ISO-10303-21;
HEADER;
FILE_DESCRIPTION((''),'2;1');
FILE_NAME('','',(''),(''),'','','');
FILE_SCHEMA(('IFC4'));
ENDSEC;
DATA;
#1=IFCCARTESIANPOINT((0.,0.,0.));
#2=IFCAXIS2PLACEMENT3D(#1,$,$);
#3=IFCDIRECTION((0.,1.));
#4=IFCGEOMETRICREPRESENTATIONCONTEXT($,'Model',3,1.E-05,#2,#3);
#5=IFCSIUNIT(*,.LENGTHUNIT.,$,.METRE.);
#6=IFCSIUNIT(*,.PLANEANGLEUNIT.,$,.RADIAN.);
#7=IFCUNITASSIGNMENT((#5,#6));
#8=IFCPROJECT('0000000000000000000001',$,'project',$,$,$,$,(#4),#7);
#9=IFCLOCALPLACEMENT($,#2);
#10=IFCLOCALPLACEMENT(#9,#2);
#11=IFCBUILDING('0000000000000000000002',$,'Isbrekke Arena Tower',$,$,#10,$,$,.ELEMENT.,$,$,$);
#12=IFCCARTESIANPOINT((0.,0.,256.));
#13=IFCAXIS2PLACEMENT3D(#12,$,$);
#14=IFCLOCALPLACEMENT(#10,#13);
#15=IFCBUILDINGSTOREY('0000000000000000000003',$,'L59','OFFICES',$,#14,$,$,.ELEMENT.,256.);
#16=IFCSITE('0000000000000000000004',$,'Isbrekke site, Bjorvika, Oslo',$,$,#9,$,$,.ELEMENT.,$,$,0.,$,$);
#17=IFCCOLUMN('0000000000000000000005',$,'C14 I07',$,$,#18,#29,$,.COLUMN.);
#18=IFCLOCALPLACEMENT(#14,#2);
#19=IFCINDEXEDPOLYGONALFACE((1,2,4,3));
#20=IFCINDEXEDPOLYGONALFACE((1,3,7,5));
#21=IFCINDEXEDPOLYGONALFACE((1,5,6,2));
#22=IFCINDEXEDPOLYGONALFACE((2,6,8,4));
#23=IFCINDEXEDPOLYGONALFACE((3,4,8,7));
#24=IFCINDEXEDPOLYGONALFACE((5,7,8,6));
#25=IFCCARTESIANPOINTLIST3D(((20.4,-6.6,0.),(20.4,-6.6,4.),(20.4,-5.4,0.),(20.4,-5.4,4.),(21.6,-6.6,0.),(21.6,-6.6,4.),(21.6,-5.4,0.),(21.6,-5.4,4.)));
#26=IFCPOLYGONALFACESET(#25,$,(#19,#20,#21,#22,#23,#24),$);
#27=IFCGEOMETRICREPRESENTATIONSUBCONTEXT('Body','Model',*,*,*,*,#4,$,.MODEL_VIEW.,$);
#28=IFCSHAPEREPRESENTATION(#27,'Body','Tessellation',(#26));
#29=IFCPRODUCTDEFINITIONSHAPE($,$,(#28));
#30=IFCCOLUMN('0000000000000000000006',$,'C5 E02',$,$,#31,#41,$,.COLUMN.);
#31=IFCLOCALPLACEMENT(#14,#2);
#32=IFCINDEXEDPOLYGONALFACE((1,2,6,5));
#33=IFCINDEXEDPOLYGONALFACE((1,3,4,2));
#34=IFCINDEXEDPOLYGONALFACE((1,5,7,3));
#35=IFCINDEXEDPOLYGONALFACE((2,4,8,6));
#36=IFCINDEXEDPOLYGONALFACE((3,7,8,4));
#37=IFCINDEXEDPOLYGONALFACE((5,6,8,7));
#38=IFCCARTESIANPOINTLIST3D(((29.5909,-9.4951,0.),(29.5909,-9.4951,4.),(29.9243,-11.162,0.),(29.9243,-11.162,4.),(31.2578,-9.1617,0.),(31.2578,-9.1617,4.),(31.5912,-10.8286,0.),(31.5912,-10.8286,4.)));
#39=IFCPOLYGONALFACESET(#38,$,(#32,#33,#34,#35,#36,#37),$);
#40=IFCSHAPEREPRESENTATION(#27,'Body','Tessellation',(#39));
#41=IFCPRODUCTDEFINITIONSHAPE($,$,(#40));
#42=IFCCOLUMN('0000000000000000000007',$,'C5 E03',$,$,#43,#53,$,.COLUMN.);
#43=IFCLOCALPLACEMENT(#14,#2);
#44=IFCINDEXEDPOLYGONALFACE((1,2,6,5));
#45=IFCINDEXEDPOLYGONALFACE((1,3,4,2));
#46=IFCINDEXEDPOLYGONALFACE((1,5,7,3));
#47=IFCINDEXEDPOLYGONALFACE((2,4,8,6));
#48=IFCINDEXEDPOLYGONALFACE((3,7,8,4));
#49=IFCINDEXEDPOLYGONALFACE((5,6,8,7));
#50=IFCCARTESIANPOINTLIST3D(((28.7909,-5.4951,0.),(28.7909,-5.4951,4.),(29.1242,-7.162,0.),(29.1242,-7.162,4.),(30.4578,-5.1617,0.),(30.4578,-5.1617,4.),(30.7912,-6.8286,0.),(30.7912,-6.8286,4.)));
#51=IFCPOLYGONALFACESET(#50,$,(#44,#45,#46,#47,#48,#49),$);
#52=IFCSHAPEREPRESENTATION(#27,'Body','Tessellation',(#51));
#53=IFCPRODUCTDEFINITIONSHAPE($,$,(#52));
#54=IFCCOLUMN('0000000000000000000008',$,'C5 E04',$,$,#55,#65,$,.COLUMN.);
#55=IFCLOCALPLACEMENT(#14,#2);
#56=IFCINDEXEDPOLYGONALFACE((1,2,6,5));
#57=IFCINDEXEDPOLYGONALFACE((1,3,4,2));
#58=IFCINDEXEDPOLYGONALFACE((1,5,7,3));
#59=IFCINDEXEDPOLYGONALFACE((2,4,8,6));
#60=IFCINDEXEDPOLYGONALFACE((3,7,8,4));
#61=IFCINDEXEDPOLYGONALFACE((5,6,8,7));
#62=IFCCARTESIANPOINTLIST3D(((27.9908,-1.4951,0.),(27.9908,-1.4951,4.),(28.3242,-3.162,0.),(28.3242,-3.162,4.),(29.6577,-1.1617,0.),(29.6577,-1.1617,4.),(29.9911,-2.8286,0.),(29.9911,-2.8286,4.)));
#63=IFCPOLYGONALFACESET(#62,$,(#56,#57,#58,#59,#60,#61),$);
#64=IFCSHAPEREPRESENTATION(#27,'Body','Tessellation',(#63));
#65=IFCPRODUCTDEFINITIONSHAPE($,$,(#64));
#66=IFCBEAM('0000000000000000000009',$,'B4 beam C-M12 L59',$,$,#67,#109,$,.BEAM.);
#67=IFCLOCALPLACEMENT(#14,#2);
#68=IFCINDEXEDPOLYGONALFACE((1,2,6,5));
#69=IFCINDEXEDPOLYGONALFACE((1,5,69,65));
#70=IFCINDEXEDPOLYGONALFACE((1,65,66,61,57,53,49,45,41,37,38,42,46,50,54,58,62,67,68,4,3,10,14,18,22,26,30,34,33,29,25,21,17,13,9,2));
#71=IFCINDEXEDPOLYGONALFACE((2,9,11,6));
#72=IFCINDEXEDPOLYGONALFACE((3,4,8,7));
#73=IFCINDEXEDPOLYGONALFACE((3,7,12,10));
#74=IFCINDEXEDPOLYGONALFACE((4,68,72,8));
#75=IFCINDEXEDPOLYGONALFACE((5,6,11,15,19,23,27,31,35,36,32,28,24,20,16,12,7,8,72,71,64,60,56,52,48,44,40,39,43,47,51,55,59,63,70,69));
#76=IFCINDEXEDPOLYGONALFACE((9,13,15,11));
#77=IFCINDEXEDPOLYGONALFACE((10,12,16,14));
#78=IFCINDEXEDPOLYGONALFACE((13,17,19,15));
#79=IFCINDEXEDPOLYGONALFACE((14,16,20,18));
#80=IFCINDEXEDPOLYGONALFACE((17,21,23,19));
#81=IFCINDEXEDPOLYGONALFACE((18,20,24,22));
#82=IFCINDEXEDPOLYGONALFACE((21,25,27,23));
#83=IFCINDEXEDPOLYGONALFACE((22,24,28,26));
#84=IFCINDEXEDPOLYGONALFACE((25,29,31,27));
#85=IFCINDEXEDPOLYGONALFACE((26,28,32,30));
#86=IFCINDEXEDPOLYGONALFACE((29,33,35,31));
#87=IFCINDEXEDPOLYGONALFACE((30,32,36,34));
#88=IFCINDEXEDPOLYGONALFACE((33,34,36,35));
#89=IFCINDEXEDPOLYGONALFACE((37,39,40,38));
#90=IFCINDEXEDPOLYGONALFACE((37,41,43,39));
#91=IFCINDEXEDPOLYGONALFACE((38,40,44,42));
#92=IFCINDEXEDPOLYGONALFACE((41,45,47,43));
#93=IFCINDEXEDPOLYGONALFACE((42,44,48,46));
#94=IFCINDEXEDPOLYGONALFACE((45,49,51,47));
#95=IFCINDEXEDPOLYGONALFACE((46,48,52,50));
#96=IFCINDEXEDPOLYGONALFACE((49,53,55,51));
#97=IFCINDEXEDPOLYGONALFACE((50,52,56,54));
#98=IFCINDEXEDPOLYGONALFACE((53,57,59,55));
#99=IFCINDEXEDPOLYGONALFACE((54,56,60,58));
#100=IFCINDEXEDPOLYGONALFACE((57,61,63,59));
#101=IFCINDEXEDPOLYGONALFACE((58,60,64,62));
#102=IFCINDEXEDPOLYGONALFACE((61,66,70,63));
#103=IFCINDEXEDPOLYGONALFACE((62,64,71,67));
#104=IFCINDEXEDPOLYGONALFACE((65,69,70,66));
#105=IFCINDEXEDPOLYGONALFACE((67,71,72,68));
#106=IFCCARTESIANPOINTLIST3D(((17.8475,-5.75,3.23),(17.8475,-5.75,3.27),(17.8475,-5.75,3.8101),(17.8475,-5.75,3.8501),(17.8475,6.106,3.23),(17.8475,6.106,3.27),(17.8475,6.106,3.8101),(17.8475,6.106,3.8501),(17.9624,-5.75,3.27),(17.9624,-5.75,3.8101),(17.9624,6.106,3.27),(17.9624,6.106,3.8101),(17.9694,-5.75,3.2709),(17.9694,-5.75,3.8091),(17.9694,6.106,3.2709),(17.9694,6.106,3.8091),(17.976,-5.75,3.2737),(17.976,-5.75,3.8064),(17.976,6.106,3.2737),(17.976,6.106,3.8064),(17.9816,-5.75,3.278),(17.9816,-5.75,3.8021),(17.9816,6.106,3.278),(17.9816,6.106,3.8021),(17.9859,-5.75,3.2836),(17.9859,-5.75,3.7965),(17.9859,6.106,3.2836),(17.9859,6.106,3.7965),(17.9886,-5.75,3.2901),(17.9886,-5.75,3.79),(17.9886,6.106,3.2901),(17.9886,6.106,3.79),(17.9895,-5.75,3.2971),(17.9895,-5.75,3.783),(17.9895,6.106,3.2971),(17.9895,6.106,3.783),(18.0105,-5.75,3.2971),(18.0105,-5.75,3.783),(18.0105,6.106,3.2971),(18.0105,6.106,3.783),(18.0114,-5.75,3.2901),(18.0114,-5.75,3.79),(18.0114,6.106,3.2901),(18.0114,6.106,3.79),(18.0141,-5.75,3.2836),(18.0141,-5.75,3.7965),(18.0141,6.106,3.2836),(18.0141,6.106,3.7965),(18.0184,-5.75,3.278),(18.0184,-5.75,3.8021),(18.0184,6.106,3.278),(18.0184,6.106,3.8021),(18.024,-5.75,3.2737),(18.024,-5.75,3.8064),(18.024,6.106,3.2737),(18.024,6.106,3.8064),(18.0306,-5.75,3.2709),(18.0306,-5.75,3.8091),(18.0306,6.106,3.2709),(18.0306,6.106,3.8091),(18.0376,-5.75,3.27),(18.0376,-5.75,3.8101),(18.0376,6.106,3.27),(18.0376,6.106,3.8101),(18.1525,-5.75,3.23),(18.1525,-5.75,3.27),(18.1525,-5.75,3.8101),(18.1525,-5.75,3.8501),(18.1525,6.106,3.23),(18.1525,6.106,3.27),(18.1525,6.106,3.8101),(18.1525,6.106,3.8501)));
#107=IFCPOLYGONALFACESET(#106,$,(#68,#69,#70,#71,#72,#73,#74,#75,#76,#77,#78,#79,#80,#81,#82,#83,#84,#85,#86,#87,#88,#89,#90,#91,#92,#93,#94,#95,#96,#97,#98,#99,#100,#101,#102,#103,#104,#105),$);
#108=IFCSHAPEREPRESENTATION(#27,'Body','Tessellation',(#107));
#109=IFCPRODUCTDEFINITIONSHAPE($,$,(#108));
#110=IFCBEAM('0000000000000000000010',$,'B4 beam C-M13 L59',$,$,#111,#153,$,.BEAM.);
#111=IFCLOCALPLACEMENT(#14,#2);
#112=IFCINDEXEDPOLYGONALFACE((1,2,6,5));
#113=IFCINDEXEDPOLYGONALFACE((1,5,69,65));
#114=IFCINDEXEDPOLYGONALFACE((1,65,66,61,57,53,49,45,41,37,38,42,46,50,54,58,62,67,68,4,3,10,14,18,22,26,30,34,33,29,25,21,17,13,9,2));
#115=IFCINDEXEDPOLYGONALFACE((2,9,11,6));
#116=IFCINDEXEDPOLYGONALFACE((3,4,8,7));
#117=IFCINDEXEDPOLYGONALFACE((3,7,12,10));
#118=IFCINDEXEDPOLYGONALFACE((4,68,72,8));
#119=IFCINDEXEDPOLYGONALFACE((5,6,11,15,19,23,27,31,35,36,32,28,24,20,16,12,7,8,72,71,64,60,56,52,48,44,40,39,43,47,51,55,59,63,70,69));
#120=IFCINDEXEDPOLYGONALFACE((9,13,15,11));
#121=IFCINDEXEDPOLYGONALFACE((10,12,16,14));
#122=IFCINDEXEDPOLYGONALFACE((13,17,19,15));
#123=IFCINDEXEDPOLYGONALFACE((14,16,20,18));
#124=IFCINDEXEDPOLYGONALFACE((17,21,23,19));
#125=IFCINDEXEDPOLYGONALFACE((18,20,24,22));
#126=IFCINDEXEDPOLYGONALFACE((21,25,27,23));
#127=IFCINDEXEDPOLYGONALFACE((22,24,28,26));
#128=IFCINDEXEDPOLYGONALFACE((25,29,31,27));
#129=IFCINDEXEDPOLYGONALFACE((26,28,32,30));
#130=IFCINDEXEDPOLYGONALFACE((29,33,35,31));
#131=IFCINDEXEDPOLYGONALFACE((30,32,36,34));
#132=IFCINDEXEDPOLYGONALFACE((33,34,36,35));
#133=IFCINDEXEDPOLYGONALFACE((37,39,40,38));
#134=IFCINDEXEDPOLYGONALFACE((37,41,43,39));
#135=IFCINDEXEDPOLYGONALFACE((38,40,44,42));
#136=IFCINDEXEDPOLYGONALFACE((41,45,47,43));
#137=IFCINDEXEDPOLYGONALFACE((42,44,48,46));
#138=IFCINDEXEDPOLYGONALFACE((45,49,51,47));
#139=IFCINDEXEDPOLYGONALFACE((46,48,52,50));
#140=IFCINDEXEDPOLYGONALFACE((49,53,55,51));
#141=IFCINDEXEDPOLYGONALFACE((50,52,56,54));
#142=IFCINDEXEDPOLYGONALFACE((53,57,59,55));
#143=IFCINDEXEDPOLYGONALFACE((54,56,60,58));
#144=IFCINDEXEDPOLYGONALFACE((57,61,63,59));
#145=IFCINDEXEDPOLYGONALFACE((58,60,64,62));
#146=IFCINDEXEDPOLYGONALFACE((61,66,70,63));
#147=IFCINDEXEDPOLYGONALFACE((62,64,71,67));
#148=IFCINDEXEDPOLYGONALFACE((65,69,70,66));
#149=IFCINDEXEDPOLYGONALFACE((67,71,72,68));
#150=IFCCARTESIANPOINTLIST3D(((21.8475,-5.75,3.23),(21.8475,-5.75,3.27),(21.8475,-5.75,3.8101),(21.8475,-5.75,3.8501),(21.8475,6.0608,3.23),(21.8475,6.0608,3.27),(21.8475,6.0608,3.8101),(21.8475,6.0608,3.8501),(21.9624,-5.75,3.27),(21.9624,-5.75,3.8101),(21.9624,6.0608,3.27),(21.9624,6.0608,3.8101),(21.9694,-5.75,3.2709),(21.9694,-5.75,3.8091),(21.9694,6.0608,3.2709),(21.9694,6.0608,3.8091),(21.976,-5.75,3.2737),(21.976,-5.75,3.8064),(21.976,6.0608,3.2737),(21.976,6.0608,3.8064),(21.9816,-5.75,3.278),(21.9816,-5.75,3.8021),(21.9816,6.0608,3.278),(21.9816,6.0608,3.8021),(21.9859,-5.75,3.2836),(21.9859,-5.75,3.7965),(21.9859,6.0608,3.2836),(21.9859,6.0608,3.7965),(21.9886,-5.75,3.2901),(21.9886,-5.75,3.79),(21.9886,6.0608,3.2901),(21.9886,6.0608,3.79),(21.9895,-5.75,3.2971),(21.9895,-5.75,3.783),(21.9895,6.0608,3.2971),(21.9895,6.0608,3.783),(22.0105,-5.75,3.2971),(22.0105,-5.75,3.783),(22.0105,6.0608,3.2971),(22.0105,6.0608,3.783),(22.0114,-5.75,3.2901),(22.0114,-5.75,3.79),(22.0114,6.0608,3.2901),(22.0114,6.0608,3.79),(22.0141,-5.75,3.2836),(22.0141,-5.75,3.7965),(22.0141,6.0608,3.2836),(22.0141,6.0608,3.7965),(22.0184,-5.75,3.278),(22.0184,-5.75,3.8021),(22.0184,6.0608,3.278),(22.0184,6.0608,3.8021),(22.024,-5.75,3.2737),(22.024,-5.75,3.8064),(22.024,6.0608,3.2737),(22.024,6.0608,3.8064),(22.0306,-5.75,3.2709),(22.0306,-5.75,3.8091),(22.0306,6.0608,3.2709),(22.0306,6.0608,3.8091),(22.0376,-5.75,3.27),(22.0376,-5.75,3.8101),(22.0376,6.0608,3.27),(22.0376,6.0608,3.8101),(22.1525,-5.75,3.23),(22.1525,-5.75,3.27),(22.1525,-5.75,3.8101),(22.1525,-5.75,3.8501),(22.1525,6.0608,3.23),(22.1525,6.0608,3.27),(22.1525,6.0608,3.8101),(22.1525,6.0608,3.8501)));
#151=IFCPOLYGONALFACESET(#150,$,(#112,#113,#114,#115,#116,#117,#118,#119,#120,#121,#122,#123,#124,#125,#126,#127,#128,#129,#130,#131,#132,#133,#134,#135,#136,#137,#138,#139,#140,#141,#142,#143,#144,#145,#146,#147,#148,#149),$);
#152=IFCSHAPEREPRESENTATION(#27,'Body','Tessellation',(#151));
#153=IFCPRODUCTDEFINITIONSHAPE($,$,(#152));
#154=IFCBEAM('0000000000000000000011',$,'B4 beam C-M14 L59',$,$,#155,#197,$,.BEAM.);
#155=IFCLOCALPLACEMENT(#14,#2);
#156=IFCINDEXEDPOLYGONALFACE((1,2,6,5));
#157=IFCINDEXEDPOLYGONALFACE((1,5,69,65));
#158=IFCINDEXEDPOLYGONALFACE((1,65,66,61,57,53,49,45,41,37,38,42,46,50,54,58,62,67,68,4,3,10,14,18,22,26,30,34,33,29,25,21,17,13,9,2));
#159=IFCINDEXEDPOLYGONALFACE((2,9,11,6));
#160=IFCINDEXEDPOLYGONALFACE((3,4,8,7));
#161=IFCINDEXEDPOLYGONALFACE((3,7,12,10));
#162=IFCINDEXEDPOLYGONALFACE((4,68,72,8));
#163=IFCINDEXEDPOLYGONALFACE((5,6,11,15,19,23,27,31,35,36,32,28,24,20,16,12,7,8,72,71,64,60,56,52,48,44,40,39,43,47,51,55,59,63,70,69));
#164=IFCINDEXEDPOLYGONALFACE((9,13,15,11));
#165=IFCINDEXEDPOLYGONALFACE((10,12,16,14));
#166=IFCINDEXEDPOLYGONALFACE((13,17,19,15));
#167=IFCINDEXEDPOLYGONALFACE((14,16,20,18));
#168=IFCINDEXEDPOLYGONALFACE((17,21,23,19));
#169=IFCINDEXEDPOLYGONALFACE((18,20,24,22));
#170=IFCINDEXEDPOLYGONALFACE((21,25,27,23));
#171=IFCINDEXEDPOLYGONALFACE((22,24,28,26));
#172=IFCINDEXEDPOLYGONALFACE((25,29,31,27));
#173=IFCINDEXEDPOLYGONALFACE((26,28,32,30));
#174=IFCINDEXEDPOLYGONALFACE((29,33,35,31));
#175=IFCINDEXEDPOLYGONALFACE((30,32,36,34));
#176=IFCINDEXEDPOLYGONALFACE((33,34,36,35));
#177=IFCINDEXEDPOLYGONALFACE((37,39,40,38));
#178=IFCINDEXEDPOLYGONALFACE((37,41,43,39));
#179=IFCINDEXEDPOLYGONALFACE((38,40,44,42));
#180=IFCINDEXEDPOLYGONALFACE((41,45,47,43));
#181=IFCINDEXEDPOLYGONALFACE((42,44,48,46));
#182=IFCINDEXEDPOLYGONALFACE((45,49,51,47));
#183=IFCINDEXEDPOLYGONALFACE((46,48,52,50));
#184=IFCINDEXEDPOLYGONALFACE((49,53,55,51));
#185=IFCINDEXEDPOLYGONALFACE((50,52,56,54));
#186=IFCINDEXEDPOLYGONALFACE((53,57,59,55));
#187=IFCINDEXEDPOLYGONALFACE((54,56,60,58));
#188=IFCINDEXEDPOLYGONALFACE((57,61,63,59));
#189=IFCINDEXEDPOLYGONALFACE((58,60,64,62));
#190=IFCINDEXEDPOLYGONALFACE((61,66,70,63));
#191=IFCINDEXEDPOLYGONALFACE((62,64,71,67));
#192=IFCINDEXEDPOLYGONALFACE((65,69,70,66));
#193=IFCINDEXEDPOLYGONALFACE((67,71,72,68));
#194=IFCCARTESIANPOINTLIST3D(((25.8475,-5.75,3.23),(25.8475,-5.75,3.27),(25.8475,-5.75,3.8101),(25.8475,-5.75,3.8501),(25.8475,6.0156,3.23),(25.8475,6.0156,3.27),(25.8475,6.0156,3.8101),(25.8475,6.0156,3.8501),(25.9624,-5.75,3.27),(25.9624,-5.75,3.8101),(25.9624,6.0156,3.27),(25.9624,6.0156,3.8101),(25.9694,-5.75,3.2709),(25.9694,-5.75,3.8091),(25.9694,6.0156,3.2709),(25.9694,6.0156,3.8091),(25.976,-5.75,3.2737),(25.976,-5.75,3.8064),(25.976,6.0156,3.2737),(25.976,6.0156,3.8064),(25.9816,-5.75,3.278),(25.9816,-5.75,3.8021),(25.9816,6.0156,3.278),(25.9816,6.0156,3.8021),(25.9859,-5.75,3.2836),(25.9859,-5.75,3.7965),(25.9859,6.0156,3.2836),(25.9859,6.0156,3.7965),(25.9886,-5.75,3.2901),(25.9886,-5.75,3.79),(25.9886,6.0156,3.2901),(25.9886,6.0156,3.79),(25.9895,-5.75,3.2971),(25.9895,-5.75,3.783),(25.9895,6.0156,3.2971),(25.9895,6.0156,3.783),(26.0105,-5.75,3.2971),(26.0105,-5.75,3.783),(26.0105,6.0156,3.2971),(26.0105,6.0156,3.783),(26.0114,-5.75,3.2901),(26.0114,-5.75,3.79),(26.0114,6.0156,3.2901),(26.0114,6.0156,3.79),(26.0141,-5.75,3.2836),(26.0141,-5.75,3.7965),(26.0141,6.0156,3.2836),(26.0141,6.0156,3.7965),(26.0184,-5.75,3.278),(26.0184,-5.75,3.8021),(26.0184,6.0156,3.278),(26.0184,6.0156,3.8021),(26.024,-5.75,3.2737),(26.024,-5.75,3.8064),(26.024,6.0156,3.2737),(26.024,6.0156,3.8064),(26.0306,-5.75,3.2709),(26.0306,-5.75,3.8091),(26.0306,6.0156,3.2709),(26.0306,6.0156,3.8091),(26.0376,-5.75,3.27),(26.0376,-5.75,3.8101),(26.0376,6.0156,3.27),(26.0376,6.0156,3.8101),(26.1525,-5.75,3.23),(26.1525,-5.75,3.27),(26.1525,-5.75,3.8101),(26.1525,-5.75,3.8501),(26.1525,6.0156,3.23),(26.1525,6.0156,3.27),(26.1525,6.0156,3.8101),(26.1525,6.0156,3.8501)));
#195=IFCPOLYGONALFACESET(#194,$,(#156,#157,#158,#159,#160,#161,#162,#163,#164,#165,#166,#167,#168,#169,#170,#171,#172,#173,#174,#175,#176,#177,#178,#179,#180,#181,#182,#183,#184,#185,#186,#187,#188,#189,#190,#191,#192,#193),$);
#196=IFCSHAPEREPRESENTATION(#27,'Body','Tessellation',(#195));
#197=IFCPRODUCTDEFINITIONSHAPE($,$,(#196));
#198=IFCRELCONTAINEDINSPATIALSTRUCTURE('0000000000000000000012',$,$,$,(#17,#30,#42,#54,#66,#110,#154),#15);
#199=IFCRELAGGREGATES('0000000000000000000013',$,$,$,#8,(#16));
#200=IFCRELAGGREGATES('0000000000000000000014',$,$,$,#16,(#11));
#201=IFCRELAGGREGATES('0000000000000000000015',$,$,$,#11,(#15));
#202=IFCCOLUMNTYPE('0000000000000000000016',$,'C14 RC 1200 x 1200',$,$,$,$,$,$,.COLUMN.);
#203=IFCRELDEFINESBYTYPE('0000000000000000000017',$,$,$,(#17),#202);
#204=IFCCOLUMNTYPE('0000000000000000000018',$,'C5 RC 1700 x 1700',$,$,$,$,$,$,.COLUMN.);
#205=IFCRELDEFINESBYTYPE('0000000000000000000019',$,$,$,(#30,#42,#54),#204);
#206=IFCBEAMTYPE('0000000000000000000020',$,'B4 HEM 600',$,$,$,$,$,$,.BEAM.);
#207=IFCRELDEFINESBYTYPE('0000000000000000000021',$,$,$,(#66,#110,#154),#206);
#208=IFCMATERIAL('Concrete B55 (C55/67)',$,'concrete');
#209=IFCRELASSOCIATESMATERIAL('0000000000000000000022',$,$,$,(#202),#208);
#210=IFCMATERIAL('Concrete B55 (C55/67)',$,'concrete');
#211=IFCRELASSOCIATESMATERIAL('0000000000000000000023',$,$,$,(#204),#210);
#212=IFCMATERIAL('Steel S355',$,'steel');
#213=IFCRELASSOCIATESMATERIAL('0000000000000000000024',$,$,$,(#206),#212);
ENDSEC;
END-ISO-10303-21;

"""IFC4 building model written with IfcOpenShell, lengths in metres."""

from ifc_helpers import new_model, si_unit, direction, frame, origin, origin_2d, place, context, subcontext, project, spatial, rectangle, i_section, extrude, material, material_profile, profile_set, type_object, element, save


model = new_model("IFC4")

# Units and contexts
model_context = context("Model", 3, precision=1e-05, world=origin(), true_north=direction((0.0, 1.0)))
body_context = subcontext(model_context, "Body", "Model", "MODEL_VIEW")
ifc_project = project(units=[si_unit("LENGTHUNIT", "METRE"), si_unit("PLANEANGLEUNIT", "RADIAN")], contexts=[model_context])

# Site, building, storey
site_placement = place(None, origin())
site = spatial("IfcSite", under=ifc_project, at=site_placement, Name="Isbrekke site, Bjorvika, Oslo", CompositionType="ELEMENT", RefElevation=0.0)
building_placement = place(site_placement, origin())
building = spatial("IfcBuilding", under=site, at=building_placement, Name="Isbrekke Arena Tower", CompositionType="ELEMENT")
storey_placement = place(building_placement, frame((0.0, 0.0, 256.0)))
storey = spatial("IfcBuildingStorey", under=building, at=storey_placement, Name="L59", Description="OFFICES", CompositionType="ELEMENT", Elevation=256.0)

# Columns
ifc_material_1 = material(Name="Concrete B55 (C55/67)", Category="concrete")
ifc_material_profile_1 = material_profile(ifc_material_1, rectangle(XDim=1.2, YDim=1.2, at=origin_2d()), Name="RC 1200x1200")
ifc_profile_set_1 = profile_set([ifc_material_profile_1], Name="Concrete B55 (C55/67)")
column_type_1 = type_object("IfcColumnType", Name="C14 RC 1200 x 1200", PredefinedType="COLUMN", material=ifc_profile_set_1)
column_placement = place(storey_placement, frame((21.0, -6.0, 0.0), z_axis=(0.0, 0.0, 1.0), x_axis=(1.0, 0.0, 0.0)))
element("IfcColumn", 1, at=column_placement, inside=storey, type_object=column_type_1, Name="C14 I07", PredefinedType="COLUMN", context=body_context, shape_type="SweptSolid", body=[
    extrude(rectangle(XDim=1.2, YDim=1.2, at=origin_2d()), origin(), (0.0, 0.0, 1.0), 4.0),
])
ifc_material_2 = material(Name="Concrete B55 (C55/67)", Category="concrete")
ifc_material_profile_2 = material_profile(ifc_material_2, rectangle(XDim=1.7, YDim=1.7, at=origin_2d()), Name="RC 1700x1700")
ifc_profile_set_2 = profile_set([ifc_material_profile_2], Name="Concrete B55 (C55/67)")
column_type_2 = type_object("IfcColumnType", Name="C5 RC 1700 x 1700", PredefinedType="COLUMN", material=ifc_profile_set_2)
for number, where, z_axis, x_axis, name in (
    (2, (30.5911, -10.1619, 0.0), (0.0, 0.0, 1.0), (-0.196116, 0.980581, 0.0), "C5 E02"),
    (3, (29.791, -6.1619, 0.0), (0.0, 0.0, 1.0), (-0.196116, 0.980581, 0.0), "C5 E03"),
    (4, (28.991, -2.1619, 0.0), (0.0, 0.0, 1.0), (-0.196116, 0.980581, 0.0), "C5 E04"),
):
    element("IfcColumn", number, at=place(storey_placement, frame(where, z_axis=z_axis, x_axis=x_axis)), inside=storey, type_object=column_type_2, Name=name, PredefinedType="COLUMN", context=body_context, shape_type="SweptSolid", body=[
        extrude(rectangle(XDim=1.7, YDim=1.7, at=origin_2d()), origin(), (0.0, 0.0, 1.0), 4.0),
    ])

# Beams
ifc_material_3 = material(Name="Steel S355", Category="steel")
ifc_material_profile_3 = material_profile(ifc_material_3, i_section(OverallWidth=0.3049, OverallDepth=0.6201, WebThickness=0.021, FlangeThickness=0.04, FilletRadius=0.0271, at=origin_2d()), Name="HEM 600")
ifc_profile_set_3 = profile_set([ifc_material_profile_3], Name="Steel S355")
beam_type_1 = type_object("IfcBeamType", Name="B4 HEM 600", PredefinedType="BEAM", material=ifc_profile_set_3)
beam_1_placement = place(storey_placement, frame((18.0, -5.75, 3.54), z_axis=(0.0, 1.0, 0.0), x_axis=(-1.0, 0.0, 0.0)))
element("IfcBeam", 5, at=beam_1_placement, inside=storey, type_object=beam_type_1, Name="B4 beam C-M12 L59", PredefinedType="BEAM", context=body_context, shape_type="SweptSolid", body=[
    extrude(i_section(OverallWidth=0.3049, OverallDepth=0.6201, WebThickness=0.021, FlangeThickness=0.04, FilletRadius=0.0271, at=origin_2d()), origin(), (0.0, 0.0, 1.0), 11.856),
])
beam_2_placement = place(storey_placement, frame((22.0, -5.75, 3.54), z_axis=(0.0, 1.0, 0.0), x_axis=(-1.0, 0.0, 0.0)))
element("IfcBeam", 6, at=beam_2_placement, inside=storey, type_object=beam_type_1, Name="B4 beam C-M13 L59", PredefinedType="BEAM", context=body_context, shape_type="SweptSolid", body=[
    extrude(i_section(OverallWidth=0.3049, OverallDepth=0.6201, WebThickness=0.021, FlangeThickness=0.04, FilletRadius=0.0271, at=origin_2d()), origin(), (0.0, 0.0, 1.0), 11.8108),
])
beam_3_placement = place(storey_placement, frame((26.0, -5.75, 3.54), z_axis=(0.0, 1.0, 0.0), x_axis=(-1.0, 0.0, 0.0)))
element("IfcBeam", 7, at=beam_3_placement, inside=storey, type_object=beam_type_1, Name="B4 beam C-M14 L59", PredefinedType="BEAM", context=body_context, shape_type="SweptSolid", body=[
    extrude(i_section(OverallWidth=0.3049, OverallDepth=0.6201, WebThickness=0.021, FlangeThickness=0.04, FilletRadius=0.0271, at=origin_2d()), origin(), (0.0, 0.0, 1.0), 11.7656),
])

save(model, "model.ifc")
